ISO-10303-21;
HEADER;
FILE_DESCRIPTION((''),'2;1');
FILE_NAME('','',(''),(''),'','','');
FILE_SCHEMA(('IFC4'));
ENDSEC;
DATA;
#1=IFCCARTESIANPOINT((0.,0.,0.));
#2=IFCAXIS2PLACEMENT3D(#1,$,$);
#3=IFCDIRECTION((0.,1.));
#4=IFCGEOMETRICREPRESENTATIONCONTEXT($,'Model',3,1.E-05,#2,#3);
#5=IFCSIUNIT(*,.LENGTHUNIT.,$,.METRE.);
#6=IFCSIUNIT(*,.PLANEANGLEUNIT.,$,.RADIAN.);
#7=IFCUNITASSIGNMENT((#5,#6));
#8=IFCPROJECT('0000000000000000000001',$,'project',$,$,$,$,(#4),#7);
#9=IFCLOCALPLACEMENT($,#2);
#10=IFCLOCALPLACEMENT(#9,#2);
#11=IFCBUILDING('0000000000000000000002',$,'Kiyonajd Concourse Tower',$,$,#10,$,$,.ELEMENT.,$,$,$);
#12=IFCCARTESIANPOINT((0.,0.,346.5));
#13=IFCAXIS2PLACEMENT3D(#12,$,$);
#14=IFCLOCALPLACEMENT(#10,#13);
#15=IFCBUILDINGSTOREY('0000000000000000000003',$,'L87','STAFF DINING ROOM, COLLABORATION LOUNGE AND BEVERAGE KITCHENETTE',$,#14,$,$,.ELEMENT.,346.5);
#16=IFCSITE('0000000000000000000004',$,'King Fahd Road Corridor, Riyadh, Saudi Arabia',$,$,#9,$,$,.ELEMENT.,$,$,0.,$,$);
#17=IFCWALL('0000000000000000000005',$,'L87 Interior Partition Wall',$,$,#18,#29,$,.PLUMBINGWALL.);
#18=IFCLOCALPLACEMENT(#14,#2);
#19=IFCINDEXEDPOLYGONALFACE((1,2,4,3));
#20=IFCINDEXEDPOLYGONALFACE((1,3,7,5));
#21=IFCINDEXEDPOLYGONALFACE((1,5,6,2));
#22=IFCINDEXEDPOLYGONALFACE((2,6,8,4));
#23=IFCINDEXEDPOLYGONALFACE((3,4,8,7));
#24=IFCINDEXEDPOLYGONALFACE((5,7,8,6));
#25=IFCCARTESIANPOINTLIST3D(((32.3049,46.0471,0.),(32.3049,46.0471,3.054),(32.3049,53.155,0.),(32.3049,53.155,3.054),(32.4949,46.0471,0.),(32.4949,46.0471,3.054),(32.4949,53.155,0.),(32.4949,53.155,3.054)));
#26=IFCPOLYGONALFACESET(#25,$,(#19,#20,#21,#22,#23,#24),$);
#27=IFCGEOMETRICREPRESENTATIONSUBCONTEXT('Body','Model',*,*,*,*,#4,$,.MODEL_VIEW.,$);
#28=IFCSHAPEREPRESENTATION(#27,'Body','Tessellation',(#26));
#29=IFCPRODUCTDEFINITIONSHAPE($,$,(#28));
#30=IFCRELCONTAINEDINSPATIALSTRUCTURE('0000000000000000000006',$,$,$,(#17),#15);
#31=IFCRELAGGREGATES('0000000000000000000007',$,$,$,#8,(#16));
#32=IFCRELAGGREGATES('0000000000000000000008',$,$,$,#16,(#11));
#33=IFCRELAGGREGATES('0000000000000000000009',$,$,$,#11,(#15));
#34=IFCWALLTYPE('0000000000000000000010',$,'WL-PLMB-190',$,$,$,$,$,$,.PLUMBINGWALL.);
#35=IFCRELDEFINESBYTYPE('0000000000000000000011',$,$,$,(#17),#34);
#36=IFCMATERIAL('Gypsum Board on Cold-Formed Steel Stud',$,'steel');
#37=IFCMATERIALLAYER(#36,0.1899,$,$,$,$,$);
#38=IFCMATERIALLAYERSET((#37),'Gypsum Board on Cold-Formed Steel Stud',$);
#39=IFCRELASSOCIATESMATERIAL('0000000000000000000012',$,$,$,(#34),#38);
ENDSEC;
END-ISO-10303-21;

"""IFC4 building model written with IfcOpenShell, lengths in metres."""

from ifc_helpers import new_model, si_unit, direction, frame, frame_2d, origin, place, context, subcontext, project, spatial, rectangle, extrude, material, layer, layer_set, type_object, element, save


model = new_model("IFC4")

# Units and contexts
model_context = context("Model", 3, precision=1e-05, world=origin(), true_north=direction((0.0, 1.0)))
body_context = subcontext(model_context, "Body", "Model", "MODEL_VIEW")
ifc_project = project(units=[si_unit("LENGTHUNIT", "METRE"), si_unit("PLANEANGLEUNIT", "RADIAN")], contexts=[model_context])

# Site, building, storey
site_placement = place(None, origin())
site = spatial("IfcSite", under=ifc_project, at=site_placement, Name="King Fahd Road Corridor, Riyadh, Saudi Arabia", CompositionType="ELEMENT", RefElevation=0.0)
building_placement = place(site_placement, origin())
building = spatial("IfcBuilding", under=site, at=building_placement, Name="Kiyonajd Concourse Tower", CompositionType="ELEMENT")
storey_placement = place(building_placement, frame((0.0, 0.0, 346.5)))
storey = spatial("IfcBuildingStorey", under=building, at=storey_placement, Name="L87", Description="STAFF DINING ROOM, COLLABORATION LOUNGE AND BEVERAGE KITCHENETTE", CompositionType="ELEMENT", Elevation=346.5)

# Shared definitions
ifc_material_1 = material(Name="Gypsum Board on Cold-Formed Steel Stud", Category="steel")
ifc_layer_1 = layer(ifc_material_1, 0.1899)
ifc_layer_set_1 = layer_set([ifc_layer_1], Name="Gypsum Board on Cold-Formed Steel Stud")
wall_type_1 = type_object("IfcWallType", Name="WL-PLMB-190", PredefinedType="PLUMBINGWALL", material=ifc_layer_set_1)

# Wall
wall_1_placement = place(storey_placement, frame((32.3999, 46.0471, 0.0), z_axis=(0.0, 0.0, 1.0), x_axis=(0.0, 1.0, 0.0)))
element("IfcWall", 1, at=wall_1_placement, inside=storey, type_object=wall_type_1, Name="L87 Interior Partition Wall", PredefinedType="PLUMBINGWALL", context=body_context, shape_type="SweptSolid", body=[
    extrude(rectangle(XDim=7.1079, YDim=0.1899, at=frame_2d((3.554, 0.0))), origin(), (0.0, 0.0, 1.0), 3.054),
])

save(model, "model.ifc")
